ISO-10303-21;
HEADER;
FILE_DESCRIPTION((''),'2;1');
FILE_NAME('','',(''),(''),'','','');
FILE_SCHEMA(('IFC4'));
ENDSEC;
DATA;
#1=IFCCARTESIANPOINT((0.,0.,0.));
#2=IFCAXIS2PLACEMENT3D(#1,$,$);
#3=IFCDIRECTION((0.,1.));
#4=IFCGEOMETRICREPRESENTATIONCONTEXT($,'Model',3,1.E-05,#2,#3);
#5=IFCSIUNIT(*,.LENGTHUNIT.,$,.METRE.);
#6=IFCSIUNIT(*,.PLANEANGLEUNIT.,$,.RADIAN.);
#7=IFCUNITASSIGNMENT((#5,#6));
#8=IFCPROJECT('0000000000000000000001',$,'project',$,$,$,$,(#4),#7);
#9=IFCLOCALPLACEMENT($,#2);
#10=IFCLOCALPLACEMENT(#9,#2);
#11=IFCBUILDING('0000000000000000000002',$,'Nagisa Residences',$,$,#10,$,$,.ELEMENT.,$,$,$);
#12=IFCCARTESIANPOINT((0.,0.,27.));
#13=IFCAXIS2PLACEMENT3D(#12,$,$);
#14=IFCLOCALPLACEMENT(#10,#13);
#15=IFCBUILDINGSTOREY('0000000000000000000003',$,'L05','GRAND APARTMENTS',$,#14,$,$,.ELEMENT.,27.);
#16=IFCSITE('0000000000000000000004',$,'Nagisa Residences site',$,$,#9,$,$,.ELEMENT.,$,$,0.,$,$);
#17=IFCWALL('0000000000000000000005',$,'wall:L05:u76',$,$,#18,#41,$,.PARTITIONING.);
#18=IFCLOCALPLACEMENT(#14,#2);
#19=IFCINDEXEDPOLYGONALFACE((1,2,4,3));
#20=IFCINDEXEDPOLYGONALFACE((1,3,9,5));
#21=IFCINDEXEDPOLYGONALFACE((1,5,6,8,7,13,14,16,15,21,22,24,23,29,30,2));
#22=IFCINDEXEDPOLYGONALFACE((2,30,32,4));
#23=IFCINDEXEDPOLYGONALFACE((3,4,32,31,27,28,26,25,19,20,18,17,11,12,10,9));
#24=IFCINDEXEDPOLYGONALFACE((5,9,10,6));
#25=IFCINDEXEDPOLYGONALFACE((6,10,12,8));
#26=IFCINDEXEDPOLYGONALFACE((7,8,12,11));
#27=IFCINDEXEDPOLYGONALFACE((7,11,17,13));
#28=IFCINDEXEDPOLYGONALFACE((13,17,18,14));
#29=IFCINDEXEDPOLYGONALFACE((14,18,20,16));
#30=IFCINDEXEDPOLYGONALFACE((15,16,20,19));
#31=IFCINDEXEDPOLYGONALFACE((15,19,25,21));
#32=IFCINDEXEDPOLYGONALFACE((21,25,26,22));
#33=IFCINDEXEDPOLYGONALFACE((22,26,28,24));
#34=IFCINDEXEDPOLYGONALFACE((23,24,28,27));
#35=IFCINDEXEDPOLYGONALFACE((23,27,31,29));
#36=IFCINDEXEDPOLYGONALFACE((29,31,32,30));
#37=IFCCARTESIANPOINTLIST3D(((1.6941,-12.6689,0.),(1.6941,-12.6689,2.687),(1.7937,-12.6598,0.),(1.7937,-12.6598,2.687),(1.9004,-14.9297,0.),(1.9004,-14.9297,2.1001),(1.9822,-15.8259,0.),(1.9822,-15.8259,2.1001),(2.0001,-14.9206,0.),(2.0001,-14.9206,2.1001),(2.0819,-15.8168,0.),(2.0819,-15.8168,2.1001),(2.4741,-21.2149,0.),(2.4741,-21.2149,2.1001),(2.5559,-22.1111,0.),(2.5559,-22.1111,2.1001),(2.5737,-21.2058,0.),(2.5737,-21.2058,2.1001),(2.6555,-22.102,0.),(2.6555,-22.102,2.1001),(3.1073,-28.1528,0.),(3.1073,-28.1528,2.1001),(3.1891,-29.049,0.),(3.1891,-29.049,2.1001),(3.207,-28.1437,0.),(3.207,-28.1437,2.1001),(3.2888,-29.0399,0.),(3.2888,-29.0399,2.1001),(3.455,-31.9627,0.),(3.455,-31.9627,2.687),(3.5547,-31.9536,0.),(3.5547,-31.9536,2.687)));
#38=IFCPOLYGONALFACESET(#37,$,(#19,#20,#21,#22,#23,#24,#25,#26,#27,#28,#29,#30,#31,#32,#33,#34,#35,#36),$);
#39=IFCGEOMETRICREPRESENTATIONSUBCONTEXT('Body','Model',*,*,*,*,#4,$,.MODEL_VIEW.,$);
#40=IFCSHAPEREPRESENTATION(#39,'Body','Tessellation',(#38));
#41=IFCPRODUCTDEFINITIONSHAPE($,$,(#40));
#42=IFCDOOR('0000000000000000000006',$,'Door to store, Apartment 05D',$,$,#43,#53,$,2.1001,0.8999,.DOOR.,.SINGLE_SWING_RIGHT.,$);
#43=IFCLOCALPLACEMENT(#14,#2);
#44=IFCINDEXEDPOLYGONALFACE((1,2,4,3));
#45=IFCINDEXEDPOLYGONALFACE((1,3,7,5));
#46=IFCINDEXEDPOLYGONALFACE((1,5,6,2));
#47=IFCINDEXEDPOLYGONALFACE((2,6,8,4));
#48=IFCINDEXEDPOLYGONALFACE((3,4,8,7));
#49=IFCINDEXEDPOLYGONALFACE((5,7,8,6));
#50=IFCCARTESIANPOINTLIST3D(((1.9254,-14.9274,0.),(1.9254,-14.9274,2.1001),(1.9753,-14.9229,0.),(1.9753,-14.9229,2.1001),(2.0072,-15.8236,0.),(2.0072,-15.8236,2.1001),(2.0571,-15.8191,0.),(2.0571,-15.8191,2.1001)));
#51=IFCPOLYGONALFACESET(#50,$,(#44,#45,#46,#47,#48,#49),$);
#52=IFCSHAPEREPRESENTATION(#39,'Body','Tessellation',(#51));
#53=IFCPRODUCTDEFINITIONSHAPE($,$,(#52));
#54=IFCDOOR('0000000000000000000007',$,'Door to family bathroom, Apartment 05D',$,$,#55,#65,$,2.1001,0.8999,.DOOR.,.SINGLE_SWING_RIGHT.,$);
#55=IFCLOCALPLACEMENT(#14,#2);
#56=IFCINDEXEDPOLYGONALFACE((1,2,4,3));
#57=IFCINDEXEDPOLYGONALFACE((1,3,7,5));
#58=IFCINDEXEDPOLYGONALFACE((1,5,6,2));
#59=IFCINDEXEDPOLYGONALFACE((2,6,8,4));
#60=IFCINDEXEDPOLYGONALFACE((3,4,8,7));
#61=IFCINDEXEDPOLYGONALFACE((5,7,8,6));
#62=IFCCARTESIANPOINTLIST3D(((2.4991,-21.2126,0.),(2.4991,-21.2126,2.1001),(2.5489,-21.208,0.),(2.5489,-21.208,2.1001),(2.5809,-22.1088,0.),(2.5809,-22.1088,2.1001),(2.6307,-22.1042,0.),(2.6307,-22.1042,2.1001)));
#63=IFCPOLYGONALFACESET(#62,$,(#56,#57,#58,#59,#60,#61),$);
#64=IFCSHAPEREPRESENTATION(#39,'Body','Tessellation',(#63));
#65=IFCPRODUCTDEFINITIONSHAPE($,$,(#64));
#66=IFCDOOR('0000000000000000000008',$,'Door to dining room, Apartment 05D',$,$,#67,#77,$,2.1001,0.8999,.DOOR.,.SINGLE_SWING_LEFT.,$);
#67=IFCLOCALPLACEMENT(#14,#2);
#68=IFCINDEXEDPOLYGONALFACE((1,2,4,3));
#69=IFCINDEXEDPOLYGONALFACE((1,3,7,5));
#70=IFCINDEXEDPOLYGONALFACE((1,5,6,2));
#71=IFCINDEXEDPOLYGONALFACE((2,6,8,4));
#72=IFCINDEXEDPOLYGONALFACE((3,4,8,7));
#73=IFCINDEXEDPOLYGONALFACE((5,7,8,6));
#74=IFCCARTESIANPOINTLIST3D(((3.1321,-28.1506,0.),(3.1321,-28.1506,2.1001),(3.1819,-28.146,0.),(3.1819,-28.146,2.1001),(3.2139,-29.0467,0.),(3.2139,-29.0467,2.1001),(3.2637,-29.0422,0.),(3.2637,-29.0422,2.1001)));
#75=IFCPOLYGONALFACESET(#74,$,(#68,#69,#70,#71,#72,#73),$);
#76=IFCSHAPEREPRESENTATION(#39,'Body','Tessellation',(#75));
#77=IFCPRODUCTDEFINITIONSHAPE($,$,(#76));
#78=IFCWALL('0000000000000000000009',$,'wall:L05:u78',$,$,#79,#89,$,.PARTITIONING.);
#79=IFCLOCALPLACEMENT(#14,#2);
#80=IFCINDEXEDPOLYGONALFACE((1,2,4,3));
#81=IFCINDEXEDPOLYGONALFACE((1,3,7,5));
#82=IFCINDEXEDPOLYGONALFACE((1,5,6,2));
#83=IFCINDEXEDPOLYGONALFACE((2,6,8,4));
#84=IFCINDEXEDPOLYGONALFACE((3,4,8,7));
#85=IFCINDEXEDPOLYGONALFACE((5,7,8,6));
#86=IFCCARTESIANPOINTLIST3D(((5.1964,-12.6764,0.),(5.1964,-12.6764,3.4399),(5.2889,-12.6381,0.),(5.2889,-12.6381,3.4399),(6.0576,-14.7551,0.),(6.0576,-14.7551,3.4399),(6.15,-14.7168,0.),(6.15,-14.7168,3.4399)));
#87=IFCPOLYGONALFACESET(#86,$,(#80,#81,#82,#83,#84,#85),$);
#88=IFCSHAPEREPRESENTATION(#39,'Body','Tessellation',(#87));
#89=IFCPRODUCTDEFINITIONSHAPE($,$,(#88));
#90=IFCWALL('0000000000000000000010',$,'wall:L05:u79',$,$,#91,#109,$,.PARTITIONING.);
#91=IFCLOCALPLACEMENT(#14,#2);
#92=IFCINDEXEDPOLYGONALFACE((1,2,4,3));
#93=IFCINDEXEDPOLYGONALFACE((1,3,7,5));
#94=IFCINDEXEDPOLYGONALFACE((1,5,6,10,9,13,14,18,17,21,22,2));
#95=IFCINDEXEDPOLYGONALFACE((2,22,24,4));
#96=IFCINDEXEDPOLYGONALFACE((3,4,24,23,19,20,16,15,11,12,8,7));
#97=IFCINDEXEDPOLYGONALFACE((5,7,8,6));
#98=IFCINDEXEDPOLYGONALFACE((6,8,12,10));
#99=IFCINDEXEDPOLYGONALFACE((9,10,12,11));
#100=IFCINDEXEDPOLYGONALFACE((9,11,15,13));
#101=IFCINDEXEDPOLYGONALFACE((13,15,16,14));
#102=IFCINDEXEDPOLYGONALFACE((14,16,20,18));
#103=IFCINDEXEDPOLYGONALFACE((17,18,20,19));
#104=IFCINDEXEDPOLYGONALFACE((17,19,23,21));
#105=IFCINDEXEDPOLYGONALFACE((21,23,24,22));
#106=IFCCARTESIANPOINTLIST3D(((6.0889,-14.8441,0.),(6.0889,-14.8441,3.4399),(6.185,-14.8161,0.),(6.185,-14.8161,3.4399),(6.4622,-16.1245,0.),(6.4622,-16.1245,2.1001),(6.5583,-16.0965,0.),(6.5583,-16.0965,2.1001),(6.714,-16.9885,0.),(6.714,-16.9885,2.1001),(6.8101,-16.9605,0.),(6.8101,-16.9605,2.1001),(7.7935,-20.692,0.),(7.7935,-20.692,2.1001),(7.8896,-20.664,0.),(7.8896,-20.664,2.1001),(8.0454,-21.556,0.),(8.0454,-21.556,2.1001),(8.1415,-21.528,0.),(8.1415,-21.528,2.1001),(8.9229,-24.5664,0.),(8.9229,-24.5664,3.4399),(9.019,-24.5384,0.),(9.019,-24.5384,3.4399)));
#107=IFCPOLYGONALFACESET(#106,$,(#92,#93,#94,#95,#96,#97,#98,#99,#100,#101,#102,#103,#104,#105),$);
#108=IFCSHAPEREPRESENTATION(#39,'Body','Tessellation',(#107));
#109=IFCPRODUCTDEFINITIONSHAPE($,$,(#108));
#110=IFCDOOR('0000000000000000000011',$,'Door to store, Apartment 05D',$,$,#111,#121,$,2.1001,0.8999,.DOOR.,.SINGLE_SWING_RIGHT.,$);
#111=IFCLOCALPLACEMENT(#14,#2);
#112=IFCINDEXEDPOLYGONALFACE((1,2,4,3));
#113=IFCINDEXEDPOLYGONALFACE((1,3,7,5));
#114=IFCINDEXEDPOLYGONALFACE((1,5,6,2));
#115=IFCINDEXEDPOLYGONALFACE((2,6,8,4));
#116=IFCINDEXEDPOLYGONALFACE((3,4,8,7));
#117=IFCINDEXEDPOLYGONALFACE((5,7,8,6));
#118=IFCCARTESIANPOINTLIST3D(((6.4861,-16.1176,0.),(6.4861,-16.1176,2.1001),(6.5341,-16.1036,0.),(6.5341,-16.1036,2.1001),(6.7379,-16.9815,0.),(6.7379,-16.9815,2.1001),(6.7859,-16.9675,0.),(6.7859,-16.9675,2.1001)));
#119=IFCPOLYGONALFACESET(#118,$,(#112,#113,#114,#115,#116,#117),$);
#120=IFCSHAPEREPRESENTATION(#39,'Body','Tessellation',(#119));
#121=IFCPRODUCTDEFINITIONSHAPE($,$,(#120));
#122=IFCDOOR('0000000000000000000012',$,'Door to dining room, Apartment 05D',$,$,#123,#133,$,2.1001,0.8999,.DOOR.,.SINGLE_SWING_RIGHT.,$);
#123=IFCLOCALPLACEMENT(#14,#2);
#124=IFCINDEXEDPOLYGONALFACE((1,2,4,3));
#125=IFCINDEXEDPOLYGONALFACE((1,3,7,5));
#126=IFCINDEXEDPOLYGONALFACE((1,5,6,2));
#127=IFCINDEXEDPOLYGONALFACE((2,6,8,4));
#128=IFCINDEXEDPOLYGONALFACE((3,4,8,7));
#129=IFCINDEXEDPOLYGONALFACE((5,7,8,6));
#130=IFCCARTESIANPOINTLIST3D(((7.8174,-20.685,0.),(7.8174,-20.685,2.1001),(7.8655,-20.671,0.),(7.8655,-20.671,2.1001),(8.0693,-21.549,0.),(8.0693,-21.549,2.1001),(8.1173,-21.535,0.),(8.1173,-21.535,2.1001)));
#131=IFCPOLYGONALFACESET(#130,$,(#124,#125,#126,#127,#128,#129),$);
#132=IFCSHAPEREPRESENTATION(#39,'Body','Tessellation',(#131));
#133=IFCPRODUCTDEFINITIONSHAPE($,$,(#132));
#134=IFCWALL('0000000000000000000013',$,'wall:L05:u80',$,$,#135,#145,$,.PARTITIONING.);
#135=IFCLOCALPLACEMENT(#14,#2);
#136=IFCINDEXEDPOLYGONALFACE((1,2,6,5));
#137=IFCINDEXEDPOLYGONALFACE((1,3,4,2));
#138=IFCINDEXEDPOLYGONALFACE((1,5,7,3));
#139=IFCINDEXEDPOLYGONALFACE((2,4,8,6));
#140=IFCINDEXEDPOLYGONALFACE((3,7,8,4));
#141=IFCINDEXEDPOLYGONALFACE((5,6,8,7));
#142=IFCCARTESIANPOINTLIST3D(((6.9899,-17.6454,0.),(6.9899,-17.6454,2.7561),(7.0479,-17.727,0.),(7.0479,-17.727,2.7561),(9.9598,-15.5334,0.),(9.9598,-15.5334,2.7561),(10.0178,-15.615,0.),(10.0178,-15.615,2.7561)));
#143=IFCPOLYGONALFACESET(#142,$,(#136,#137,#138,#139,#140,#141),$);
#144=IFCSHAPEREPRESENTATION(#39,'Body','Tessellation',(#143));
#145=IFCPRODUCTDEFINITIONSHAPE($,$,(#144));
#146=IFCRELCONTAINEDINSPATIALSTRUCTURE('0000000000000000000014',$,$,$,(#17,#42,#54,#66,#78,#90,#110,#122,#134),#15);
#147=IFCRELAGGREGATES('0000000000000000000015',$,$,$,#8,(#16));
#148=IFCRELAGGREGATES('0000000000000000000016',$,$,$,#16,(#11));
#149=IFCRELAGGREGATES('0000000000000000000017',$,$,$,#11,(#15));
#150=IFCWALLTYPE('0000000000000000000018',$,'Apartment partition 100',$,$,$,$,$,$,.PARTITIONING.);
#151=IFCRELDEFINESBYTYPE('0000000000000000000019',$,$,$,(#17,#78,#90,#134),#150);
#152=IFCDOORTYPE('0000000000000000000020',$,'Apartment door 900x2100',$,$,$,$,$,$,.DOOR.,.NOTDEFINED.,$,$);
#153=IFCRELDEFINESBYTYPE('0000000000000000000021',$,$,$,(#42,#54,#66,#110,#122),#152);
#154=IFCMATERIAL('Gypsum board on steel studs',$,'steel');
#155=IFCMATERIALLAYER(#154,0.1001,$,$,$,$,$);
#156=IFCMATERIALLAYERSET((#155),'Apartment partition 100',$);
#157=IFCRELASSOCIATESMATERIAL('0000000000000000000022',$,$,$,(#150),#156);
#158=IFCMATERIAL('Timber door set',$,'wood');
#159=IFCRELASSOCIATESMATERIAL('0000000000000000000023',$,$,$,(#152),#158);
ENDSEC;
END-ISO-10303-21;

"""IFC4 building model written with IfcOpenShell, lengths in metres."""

from ifc_helpers import new_model, si_unit, direction, frame, frame_2d, origin, place, context, subcontext, project, spatial, rectangle, extrude, material, layer, layer_set, type_object, element, fill, save


model = new_model("IFC4")

# Units and contexts
model_context = context("Model", 3, precision=1e-05, world=origin(), true_north=direction((0.0, 1.0)))
body_context = subcontext(model_context, "Body", "Model", "MODEL_VIEW")
ifc_project = project(units=[si_unit("LENGTHUNIT", "METRE"), si_unit("PLANEANGLEUNIT", "RADIAN")], contexts=[model_context])

# Site, building, storey
site_placement = place(None, origin())
site = spatial("IfcSite", under=ifc_project, at=site_placement, Name="Nagisa Residences site", CompositionType="ELEMENT", RefElevation=0.0)
building_placement = place(site_placement, origin())
building = spatial("IfcBuilding", under=site, at=building_placement, Name="Nagisa Residences", CompositionType="ELEMENT")
storey_placement = place(building_placement, frame((0.0, 0.0, 27.0)))
storey = spatial("IfcBuildingStorey", under=building, at=storey_placement, Name="L05", Description="GRAND APARTMENTS", CompositionType="ELEMENT", Elevation=27.0)

# Wall, openings, doors
ifc_material_1 = material(Name="Gypsum board on steel studs", Category="steel")
ifc_layer_1 = layer(ifc_material_1, 0.1001)
ifc_layer_set_1 = layer_set([ifc_layer_1], Name="Apartment partition 100")
wall_type_1 = type_object("IfcWallType", Name="Apartment partition 100", PredefinedType="PARTITIONING", material=ifc_layer_set_1)
wall_1_placement = place(storey_placement, frame((1.7439, -12.6643, 0.0), z_axis=(0.0, 0.0, 1.0), x_axis=(0.090894, -0.995861, 0.0)))
wall_1 = element("IfcWall", 1, at=wall_1_placement, inside=storey, type_object=wall_type_1, Name="wall:L05:u76", PredefinedType="PARTITIONING", context=body_context, shape_type="SweptSolid", body=[
    extrude(rectangle(XDim=19.374, YDim=0.1001, at=frame_2d((9.687, 0.0))), origin(), (0.0, 0.0, 1.0), 2.687),
])
opening_1_placement = place(wall_1_placement, frame((2.2703, 0.0, 0.0)))
opening_1 = element("IfcOpeningElement", 2, at=opening_1_placement, cuts=wall_1, PredefinedType="OPENING", context=body_context, shape_type="SweptSolid", body=[
    extrude(rectangle(XDim=0.8999, YDim=2.1001, at=frame_2d((0.45, 1.05))), frame((0.0, 0.0601, 0.0), z_axis=(0.0, -1.0, 0.0), x_axis=(1.0, 0.0, 0.0)), (0.0, 0.0, 1.0), 0.1201),
])
opening_2_placement = place(wall_1_placement, frame((8.5815, 0.0, 0.0)))
opening_2 = element("IfcOpeningElement", 3, at=opening_2_placement, cuts=wall_1, PredefinedType="OPENING", context=body_context, shape_type="SweptSolid", body=[
    extrude(rectangle(XDim=0.8999, YDim=2.1001, at=frame_2d((0.45, 1.05))), frame((0.0, 0.0601, 0.0), z_axis=(0.0, -1.0, 0.0), x_axis=(1.0, 0.0, 0.0)), (0.0, 0.0, 1.0), 0.1201),
])
opening_3_placement = place(wall_1_placement, frame((15.5483, 0.0, 0.0)))
opening_3 = element("IfcOpeningElement", 4, at=opening_3_placement, cuts=wall_1, PredefinedType="OPENING", context=body_context, shape_type="SweptSolid", body=[
    extrude(rectangle(XDim=0.8999, YDim=2.1001, at=frame_2d((0.45, 1.05))), frame((0.0, 0.0601, 0.0), z_axis=(0.0, -1.0, 0.0), x_axis=(1.0, 0.0, 0.0)), (0.0, 0.0, 1.0), 0.1201),
])
ifc_material_2 = material(Name="Timber door set", Category="wood")
door_type_1 = type_object("IfcDoorType", Name="Apartment door 900x2100", OperationType="NOTDEFINED", PredefinedType="DOOR", material=ifc_material_2)
door_1_placement = place(opening_1_placement, frame((0.8999, 0.0, 0.0), x_axis=(-1.0, 0.0, 0.0)))
door_1 = element("IfcDoor", 5, at=door_1_placement, inside=storey, type_object=door_type_1, Name="Door to store, Apartment 05D", OperationType="SINGLE_SWING_RIGHT", OverallHeight=2.1001, OverallWidth=0.8999, PredefinedType="DOOR", context=body_context, shape_type="SweptSolid", body=[
    extrude(rectangle(XDim=0.8999, YDim=2.1001, at=frame_2d((0.45, 1.05))), frame((0.0, 0.0249, 0.0), z_axis=(0.0, -1.0, 0.0), x_axis=(1.0, 0.0, 0.0)), (0.0, 0.0, 1.0), 0.05),
])
fill(opening_1, door_1)
door_2_placement = place(opening_2_placement, frame((0.8999, 0.0, 0.0), x_axis=(-1.0, 0.0, 0.0)))
door_2 = element("IfcDoor", 6, at=door_2_placement, inside=storey, type_object=door_type_1, Name="Door to family bathroom, Apartment 05D", OperationType="SINGLE_SWING_RIGHT", OverallHeight=2.1001, OverallWidth=0.8999, PredefinedType="DOOR", context=body_context, shape_type="SweptSolid", body=[
    extrude(rectangle(XDim=0.8999, YDim=2.1001, at=frame_2d((0.45, 1.05))), frame((0.0, 0.0249, 0.0), z_axis=(0.0, -1.0, 0.0), x_axis=(1.0, 0.0, 0.0)), (0.0, 0.0, 1.0), 0.05),
])
fill(opening_2, door_2)
door_3_placement = place(opening_3_placement, origin())
door_3 = element("IfcDoor", 7, at=door_3_placement, inside=storey, type_object=door_type_1, Name="Door to dining room, Apartment 05D", OperationType="SINGLE_SWING_LEFT", OverallHeight=2.1001, OverallWidth=0.8999, PredefinedType="DOOR", context=body_context, shape_type="SweptSolid", body=[
    extrude(rectangle(XDim=0.8999, YDim=2.1001, at=frame_2d((0.45, 1.05))), frame((0.0, 0.0249, 0.0), z_axis=(0.0, -1.0, 0.0), x_axis=(1.0, 0.0, 0.0)), (0.0, 0.0, 1.0), 0.05),
])
fill(opening_3, door_3)

# Wall
wall_2_placement = place(storey_placement, frame((5.2427, -12.6572, 0.0), z_axis=(0.0, 0.0, 1.0), x_axis=(0.382719, -0.923865, 0.0)))
element("IfcWall", 8, at=wall_2_placement, inside=storey, type_object=wall_type_1, Name="wall:L05:u78", PredefinedType="PARTITIONING", context=body_context, shape_type="SweptSolid", body=[
    extrude(rectangle(XDim=2.25, YDim=0.1001, at=frame_2d((1.125, 0.0))), origin(), (0.0, 0.0, 1.0), 3.4399),
])

# Wall, openings, doors
wall_3_placement = place(storey_placement, frame((6.137, -14.8301, 0.0), z_axis=(0.0, 0.0, 1.0), x_axis=(0.279844, -0.960046, 0.0)))
wall_3 = element("IfcWall", 9, at=wall_3_placement, inside=storey, type_object=wall_type_1, Name="wall:L05:u79", PredefinedType="PARTITIONING", context=body_context, shape_type="SweptSolid", body=[
    extrude(rectangle(XDim=10.127, YDim=0.1001, at=frame_2d((5.0635, 0.0))), origin(), (0.0, 0.0, 1.0), 3.4399),
])
opening_4_placement = place(wall_3_placement, frame((1.3337, 0.0, 0.0)))
opening_4 = element("IfcOpeningElement", 10, at=opening_4_placement, cuts=wall_3, PredefinedType="OPENING", context=body_context, shape_type="SweptSolid", body=[
    extrude(rectangle(XDim=0.8999, YDim=2.1001, at=frame_2d((0.45, 1.05))), frame((0.0, 0.0601, 0.0), z_axis=(0.0, -1.0, 0.0), x_axis=(1.0, 0.0, 0.0)), (0.0, 0.0, 1.0), 0.1201),
])
opening_5_placement = place(wall_3_placement, frame((6.0913, 0.0, 0.0)))
opening_5 = element("IfcOpeningElement", 11, at=opening_5_placement, cuts=wall_3, PredefinedType="OPENING", context=body_context, shape_type="SweptSolid", body=[
    extrude(rectangle(XDim=0.8999, YDim=2.1001, at=frame_2d((0.45, 1.05))), frame((0.0, 0.0601, 0.0), z_axis=(0.0, -1.0, 0.0), x_axis=(1.0, 0.0, 0.0)), (0.0, 0.0, 1.0), 0.1201),
])
door_4_placement = place(opening_4_placement, origin())
door_4 = element("IfcDoor", 12, at=door_4_placement, inside=storey, type_object=door_type_1, Name="Door to store, Apartment 05D", OperationType="SINGLE_SWING_RIGHT", OverallHeight=2.1001, OverallWidth=0.8999, PredefinedType="DOOR", context=body_context, shape_type="SweptSolid", body=[
    extrude(rectangle(XDim=0.8999, YDim=2.1001, at=frame_2d((0.45, 1.05))), frame((0.0, 0.0249, 0.0), z_axis=(0.0, -1.0, 0.0), x_axis=(1.0, 0.0, 0.0)), (0.0, 0.0, 1.0), 0.05),
])
fill(opening_4, door_4)
door_5_placement = place(opening_5_placement, origin())
door_5 = element("IfcDoor", 13, at=door_5_placement, inside=storey, type_object=door_type_1, Name="Door to dining room, Apartment 05D", OperationType="SINGLE_SWING_RIGHT", OverallHeight=2.1001, OverallWidth=0.8999, PredefinedType="DOOR", context=body_context, shape_type="SweptSolid", body=[
    extrude(rectangle(XDim=0.8999, YDim=2.1001, at=frame_2d((0.45, 1.05))), frame((0.0, 0.0249, 0.0), z_axis=(0.0, -1.0, 0.0), x_axis=(1.0, 0.0, 0.0)), (0.0, 0.0, 1.0), 0.05),
])
fill(opening_5, door_5)

# Wall
wall_4_placement = place(storey_placement, frame((7.0188, -17.6863, 0.0), z_axis=(0.0, 0.0, 1.0), x_axis=(0.814945, 0.579539, 0.0)))
element("IfcWall", 14, at=wall_4_placement, inside=storey, type_object=wall_type_1, Name="wall:L05:u80", PredefinedType="PARTITIONING", context=body_context, shape_type="SweptSolid", body=[
    extrude(rectangle(XDim=3.6443, YDim=0.1001, at=frame_2d((1.8223, 0.0))), origin(), (0.0, 0.0, 1.0), 2.7561),
])

save(model, "model.ifc")
